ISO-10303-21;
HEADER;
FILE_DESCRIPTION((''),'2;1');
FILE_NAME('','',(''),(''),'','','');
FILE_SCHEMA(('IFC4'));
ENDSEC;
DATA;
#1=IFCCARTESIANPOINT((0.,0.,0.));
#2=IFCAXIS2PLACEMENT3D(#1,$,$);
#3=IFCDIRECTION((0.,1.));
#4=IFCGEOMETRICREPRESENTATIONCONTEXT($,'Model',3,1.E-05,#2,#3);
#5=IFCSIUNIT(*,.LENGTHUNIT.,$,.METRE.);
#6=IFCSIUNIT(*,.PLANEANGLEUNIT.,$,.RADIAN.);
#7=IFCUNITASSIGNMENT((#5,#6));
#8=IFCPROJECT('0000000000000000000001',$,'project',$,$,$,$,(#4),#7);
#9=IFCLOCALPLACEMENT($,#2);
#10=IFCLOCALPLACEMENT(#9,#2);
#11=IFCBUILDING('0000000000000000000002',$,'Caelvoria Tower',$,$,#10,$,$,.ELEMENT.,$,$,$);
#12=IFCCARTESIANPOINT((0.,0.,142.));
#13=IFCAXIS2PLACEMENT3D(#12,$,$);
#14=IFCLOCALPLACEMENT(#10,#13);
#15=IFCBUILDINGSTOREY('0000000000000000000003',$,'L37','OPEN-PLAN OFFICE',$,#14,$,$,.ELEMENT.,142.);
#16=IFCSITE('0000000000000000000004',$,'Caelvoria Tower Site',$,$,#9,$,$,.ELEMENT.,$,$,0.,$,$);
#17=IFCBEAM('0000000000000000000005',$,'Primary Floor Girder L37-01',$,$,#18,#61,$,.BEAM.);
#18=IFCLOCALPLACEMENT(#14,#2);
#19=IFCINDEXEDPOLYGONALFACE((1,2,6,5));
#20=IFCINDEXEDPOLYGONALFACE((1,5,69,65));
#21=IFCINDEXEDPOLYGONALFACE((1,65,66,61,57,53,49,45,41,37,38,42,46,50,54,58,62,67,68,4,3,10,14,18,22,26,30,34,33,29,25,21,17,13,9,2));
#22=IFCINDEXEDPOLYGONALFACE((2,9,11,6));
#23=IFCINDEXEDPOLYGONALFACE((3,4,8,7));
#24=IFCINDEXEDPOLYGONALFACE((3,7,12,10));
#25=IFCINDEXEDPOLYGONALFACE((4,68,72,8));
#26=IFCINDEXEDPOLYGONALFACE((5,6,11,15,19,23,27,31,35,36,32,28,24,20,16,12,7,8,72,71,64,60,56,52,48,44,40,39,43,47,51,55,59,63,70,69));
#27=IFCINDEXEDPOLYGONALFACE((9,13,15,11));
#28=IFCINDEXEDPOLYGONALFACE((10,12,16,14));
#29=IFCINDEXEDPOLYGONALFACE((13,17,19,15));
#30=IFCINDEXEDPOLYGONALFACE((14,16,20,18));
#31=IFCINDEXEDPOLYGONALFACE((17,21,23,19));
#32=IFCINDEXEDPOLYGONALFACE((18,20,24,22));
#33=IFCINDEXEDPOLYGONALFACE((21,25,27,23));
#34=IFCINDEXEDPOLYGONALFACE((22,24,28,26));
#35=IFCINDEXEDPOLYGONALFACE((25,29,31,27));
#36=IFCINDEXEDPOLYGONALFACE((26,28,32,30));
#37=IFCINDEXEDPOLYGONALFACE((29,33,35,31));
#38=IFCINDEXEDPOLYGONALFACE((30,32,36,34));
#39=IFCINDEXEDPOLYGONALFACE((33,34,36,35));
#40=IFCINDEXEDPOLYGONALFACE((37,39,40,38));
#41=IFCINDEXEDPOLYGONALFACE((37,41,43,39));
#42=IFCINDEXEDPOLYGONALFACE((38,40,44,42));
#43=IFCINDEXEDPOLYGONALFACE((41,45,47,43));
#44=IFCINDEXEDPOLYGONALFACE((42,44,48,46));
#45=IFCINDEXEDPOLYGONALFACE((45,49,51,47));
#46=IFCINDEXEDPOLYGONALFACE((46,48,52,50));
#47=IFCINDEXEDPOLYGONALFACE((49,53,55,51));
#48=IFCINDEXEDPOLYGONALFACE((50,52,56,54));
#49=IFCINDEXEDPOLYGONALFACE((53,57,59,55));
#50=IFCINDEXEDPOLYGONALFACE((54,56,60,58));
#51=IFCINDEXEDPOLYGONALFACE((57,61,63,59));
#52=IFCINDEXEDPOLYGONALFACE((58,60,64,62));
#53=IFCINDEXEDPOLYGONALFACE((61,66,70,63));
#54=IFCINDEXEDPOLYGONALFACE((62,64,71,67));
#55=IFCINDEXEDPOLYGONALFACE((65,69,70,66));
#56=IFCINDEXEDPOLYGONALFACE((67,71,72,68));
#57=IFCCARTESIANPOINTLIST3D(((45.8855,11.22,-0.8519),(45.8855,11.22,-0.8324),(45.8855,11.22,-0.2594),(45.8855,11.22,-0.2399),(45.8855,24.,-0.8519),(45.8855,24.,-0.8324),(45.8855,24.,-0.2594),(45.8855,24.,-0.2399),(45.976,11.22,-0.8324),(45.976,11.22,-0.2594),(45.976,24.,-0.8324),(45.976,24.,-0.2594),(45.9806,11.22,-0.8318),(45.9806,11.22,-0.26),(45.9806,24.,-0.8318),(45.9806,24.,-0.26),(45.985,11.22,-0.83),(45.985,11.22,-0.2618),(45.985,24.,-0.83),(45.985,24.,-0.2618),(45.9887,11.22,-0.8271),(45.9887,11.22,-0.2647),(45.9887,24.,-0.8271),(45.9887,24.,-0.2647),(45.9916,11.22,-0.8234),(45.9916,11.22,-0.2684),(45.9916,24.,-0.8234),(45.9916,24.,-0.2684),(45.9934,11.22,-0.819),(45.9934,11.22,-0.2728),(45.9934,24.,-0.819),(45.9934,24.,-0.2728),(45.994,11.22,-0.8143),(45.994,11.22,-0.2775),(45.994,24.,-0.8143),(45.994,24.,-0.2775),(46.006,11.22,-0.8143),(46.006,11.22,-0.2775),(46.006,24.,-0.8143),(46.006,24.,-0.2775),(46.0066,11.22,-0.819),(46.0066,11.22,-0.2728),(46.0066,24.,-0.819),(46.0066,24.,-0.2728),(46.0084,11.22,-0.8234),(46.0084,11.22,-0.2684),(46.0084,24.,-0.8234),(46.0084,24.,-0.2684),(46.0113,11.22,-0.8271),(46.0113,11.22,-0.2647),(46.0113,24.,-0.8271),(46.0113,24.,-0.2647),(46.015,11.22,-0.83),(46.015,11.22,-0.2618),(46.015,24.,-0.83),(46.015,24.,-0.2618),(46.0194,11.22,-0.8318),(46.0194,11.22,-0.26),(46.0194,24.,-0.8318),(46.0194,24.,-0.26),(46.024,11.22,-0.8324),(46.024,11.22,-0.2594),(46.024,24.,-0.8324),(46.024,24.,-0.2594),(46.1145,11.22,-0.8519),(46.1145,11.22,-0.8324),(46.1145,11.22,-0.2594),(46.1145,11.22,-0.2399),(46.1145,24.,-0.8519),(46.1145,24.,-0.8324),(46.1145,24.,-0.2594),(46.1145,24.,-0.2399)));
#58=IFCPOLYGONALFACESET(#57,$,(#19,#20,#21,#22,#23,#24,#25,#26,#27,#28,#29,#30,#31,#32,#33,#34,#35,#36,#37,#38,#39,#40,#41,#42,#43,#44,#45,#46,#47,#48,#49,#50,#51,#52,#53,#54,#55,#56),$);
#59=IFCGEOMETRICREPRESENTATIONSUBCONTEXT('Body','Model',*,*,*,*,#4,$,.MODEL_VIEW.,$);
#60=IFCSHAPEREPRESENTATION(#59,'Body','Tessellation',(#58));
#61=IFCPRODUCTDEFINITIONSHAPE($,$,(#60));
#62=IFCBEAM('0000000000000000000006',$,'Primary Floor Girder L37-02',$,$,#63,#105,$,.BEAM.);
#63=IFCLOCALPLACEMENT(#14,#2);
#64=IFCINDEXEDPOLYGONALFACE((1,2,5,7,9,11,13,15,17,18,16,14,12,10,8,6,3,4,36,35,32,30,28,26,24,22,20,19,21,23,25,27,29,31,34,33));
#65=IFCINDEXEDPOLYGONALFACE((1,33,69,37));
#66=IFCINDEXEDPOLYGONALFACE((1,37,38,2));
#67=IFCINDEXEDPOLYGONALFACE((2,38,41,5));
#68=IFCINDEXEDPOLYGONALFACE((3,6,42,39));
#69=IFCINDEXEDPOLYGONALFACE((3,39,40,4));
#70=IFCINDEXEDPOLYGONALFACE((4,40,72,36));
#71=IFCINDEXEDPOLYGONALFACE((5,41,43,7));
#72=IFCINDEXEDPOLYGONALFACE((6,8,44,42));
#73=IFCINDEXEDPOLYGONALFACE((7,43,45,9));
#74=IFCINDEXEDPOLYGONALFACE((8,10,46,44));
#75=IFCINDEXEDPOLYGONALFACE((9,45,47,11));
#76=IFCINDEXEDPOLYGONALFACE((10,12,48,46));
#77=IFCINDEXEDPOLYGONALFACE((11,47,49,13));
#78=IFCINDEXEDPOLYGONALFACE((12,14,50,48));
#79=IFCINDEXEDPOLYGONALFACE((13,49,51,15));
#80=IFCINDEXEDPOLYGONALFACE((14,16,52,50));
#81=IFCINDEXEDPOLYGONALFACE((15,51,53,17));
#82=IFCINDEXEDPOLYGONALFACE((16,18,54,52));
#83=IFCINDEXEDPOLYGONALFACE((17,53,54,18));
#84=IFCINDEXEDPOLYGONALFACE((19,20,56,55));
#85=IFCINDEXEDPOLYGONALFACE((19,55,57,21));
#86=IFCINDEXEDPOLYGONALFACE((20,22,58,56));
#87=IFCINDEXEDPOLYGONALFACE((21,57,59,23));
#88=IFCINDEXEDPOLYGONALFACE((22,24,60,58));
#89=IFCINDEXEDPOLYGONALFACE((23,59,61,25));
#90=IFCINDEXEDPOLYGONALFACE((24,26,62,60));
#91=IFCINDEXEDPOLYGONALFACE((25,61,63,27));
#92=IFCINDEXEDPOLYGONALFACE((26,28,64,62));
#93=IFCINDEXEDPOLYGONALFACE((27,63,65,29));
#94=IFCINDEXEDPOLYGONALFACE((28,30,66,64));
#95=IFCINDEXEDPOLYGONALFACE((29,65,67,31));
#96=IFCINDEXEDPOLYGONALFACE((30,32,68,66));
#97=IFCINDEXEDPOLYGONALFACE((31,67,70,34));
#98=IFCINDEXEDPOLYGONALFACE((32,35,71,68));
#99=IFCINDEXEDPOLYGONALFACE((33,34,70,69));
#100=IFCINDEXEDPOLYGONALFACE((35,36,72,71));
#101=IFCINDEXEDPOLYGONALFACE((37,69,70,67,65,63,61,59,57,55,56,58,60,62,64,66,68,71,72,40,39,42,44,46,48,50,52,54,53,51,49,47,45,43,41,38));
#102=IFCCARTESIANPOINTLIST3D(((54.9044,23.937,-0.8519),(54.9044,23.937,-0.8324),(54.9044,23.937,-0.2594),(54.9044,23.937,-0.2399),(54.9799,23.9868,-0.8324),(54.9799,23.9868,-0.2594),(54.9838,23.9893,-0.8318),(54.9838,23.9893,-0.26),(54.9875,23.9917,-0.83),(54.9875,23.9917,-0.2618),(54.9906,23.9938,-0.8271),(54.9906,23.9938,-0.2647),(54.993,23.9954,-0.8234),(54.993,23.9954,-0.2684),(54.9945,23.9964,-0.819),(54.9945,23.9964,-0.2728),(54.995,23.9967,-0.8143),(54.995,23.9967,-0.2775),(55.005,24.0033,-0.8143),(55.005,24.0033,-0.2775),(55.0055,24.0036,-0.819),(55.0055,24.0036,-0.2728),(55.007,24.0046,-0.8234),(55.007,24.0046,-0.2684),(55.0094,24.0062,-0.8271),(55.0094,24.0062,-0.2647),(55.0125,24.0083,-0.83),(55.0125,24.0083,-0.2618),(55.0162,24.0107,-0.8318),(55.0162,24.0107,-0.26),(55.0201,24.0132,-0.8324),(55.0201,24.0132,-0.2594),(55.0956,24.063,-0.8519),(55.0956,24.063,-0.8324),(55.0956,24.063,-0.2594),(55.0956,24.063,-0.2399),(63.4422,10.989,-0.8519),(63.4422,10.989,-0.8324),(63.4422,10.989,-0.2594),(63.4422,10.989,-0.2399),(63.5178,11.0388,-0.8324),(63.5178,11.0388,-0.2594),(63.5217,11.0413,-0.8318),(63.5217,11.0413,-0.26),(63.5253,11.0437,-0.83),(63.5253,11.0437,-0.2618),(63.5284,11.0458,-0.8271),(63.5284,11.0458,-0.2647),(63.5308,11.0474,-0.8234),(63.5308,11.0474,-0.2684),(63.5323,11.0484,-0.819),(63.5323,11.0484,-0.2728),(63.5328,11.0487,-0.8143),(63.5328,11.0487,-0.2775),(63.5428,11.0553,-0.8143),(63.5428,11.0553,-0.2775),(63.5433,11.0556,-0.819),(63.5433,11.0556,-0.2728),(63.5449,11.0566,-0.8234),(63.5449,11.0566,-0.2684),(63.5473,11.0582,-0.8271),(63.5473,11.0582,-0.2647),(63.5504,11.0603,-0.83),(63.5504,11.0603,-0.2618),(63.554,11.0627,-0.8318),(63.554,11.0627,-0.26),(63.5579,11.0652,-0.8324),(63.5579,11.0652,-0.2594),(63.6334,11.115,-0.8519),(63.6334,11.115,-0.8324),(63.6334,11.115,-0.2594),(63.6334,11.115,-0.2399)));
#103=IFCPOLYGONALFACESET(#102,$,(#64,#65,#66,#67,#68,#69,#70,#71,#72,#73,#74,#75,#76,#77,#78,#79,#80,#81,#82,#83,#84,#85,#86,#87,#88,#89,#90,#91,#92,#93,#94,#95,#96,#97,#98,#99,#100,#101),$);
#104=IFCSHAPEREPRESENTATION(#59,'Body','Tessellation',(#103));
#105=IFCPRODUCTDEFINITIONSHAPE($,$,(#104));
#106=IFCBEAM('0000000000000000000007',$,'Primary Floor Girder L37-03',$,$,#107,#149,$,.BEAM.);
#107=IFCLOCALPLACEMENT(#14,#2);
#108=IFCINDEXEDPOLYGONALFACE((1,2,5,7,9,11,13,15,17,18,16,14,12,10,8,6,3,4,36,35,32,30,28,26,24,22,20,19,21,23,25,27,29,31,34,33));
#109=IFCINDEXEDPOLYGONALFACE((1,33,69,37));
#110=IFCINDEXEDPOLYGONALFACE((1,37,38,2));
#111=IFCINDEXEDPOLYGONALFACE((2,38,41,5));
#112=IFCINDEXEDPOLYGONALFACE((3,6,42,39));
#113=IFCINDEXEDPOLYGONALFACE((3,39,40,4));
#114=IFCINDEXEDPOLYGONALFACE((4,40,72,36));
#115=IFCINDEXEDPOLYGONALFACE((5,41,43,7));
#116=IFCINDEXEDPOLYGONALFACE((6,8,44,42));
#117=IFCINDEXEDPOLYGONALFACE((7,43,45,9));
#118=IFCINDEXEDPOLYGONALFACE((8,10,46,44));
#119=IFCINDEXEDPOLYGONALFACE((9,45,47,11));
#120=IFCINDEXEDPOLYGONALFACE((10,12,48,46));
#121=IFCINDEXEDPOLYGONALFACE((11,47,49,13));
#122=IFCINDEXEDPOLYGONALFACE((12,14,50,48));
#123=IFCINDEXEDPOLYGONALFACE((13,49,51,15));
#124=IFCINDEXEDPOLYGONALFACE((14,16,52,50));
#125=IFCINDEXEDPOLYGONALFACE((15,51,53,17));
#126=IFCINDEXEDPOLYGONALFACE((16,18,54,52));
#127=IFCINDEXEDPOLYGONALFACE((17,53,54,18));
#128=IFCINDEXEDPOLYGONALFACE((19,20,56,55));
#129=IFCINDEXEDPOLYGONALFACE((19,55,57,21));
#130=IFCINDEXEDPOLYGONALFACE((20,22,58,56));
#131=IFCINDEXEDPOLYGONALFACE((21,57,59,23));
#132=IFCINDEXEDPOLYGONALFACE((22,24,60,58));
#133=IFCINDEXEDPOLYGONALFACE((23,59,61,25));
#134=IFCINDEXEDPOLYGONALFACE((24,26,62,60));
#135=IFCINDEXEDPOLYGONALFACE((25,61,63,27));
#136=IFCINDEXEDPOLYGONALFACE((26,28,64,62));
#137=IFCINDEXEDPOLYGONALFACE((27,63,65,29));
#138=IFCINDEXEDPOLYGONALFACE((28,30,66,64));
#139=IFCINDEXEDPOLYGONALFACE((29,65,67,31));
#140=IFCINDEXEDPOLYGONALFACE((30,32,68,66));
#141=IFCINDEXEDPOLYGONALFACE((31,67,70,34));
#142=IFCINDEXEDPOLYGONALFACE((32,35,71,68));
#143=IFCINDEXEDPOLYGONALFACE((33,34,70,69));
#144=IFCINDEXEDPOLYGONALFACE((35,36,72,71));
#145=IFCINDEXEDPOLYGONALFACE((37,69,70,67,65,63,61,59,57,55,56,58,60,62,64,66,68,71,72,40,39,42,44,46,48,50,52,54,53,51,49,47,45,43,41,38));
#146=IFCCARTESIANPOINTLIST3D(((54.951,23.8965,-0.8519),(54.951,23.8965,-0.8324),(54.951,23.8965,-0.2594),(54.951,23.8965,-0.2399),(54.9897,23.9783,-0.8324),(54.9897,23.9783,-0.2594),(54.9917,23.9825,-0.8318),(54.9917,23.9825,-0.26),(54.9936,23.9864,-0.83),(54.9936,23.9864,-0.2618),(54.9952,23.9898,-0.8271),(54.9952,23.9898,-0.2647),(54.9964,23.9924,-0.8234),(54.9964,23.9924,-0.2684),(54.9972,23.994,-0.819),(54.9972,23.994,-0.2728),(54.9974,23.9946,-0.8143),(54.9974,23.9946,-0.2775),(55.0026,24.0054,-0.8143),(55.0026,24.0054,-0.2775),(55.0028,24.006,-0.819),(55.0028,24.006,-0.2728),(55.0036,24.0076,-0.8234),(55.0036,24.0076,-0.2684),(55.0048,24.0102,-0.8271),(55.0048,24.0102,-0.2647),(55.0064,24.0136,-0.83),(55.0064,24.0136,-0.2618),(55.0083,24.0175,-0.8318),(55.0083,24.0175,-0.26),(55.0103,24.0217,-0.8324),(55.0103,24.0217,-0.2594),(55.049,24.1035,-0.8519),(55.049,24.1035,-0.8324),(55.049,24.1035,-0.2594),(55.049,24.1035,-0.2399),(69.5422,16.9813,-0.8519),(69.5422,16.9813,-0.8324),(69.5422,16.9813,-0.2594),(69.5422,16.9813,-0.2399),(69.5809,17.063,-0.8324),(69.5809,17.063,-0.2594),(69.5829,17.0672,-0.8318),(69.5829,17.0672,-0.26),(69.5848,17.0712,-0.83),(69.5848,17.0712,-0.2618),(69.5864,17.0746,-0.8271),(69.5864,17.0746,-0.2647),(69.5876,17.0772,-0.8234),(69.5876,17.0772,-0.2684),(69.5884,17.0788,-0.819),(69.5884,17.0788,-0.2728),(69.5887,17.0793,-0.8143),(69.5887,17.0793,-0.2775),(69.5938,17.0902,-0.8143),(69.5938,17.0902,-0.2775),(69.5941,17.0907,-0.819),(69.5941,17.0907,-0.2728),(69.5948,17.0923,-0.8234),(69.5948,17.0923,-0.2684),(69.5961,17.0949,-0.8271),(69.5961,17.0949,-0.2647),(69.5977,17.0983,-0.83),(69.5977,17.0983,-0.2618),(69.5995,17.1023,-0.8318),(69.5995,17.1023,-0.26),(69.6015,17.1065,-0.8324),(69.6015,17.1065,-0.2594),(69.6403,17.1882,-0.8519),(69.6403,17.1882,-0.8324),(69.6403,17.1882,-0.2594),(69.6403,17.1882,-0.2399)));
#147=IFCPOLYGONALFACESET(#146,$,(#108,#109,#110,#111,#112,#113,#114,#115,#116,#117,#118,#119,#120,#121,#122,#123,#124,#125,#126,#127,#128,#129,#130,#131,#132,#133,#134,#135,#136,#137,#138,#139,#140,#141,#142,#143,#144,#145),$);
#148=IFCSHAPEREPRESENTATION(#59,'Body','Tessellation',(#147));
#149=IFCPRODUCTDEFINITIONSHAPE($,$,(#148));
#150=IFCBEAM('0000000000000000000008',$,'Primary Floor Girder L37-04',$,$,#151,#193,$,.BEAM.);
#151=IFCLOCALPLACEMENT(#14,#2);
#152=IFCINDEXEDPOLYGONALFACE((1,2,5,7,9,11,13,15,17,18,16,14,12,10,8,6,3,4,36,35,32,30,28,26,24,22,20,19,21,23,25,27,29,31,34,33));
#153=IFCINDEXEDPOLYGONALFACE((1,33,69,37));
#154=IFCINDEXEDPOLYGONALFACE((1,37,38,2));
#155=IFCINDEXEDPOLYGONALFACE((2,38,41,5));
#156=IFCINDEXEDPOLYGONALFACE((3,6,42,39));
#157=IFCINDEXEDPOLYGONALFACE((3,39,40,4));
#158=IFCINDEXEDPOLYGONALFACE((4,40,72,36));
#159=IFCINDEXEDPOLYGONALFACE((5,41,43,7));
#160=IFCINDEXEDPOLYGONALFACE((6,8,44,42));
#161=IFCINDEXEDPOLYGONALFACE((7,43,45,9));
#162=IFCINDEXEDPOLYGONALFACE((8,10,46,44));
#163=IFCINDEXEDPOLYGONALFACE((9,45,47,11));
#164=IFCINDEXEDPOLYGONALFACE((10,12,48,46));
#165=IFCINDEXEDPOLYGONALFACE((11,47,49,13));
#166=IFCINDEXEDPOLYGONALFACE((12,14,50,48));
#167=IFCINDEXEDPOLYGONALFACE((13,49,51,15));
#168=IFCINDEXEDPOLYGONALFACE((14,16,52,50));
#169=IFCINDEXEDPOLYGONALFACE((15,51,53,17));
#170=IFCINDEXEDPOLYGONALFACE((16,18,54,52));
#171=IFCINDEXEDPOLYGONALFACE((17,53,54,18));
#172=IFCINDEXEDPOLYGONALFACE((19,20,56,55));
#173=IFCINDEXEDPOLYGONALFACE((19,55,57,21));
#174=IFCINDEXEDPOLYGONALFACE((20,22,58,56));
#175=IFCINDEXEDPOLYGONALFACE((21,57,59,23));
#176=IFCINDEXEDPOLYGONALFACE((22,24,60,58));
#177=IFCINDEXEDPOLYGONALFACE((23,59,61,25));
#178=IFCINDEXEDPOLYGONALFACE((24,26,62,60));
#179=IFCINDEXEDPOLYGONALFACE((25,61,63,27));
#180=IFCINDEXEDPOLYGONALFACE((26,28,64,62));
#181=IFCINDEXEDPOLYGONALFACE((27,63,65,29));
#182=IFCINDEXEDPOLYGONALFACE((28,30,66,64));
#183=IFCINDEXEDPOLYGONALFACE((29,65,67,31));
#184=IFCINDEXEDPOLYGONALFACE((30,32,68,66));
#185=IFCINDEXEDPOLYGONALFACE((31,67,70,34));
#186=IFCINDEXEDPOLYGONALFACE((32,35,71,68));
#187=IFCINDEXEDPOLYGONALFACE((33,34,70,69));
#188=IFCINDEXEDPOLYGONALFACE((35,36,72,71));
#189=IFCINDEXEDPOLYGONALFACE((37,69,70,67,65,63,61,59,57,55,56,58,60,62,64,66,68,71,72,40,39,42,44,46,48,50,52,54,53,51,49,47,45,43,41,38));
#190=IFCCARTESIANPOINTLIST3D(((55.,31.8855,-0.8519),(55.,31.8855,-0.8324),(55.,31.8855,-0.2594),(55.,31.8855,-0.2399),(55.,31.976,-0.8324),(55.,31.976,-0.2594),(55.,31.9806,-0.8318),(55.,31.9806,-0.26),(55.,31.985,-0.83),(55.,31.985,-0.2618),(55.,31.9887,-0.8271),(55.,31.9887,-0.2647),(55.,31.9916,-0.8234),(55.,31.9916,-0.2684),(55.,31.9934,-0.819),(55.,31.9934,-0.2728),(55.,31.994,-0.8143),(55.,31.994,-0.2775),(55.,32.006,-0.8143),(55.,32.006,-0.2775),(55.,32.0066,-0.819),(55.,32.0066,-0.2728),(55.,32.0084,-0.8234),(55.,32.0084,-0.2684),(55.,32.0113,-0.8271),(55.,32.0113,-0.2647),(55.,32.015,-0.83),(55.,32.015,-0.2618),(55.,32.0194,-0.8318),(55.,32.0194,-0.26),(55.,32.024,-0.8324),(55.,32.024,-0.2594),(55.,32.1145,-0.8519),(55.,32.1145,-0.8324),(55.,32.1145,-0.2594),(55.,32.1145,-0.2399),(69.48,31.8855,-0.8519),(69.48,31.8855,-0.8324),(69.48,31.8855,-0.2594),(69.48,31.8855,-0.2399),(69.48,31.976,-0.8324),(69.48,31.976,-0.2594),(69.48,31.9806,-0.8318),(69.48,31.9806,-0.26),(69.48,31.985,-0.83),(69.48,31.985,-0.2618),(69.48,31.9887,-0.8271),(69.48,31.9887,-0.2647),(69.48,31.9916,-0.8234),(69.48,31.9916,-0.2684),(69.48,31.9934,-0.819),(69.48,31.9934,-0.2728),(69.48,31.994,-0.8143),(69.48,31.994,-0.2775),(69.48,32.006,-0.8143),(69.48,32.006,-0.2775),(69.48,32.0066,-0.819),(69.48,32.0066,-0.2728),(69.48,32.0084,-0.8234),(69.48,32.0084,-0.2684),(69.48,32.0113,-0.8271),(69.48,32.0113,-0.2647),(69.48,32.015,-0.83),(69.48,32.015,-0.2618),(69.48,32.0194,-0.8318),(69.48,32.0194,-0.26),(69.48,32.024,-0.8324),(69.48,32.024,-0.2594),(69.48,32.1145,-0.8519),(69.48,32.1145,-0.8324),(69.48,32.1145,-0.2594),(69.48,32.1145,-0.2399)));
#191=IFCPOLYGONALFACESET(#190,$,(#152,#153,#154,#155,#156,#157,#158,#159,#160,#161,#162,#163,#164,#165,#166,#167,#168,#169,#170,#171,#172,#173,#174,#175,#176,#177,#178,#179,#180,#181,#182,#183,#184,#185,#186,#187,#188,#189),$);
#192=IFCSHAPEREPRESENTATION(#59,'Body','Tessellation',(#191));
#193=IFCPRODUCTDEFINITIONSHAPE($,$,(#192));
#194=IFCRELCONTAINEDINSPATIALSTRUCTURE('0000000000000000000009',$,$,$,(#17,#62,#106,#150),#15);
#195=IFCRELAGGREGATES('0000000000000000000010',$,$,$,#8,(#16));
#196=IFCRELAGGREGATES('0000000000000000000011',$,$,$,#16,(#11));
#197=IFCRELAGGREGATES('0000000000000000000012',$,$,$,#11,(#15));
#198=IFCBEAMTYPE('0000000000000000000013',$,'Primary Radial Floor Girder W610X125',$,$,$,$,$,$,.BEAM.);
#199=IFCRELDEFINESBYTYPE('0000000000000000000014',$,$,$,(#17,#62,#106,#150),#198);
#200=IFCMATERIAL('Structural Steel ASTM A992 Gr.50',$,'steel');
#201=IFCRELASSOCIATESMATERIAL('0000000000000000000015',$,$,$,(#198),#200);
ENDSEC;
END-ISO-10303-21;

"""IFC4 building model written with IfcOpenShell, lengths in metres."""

from ifc_helpers import new_model, si_unit, direction, frame, origin, origin_2d, place, context, subcontext, project, spatial, i_section, extrude, material, material_profile, profile_set, type_object, element, save


model = new_model("IFC4")

# Units and contexts
model_context = context("Model", 3, precision=1e-05, world=origin(), true_north=direction((0.0, 1.0)))
body_context = subcontext(model_context, "Body", "Model", "MODEL_VIEW")
ifc_project = project(units=[si_unit("LENGTHUNIT", "METRE"), si_unit("PLANEANGLEUNIT", "RADIAN")], contexts=[model_context])

# Site, building, storey
site_placement = place(None, origin())
site = spatial("IfcSite", under=ifc_project, at=site_placement, Name="Caelvoria Tower Site", CompositionType="ELEMENT", RefElevation=0.0)
building_placement = place(site_placement, origin())
building = spatial("IfcBuilding", under=site, at=building_placement, Name="Caelvoria Tower", CompositionType="ELEMENT")
storey_placement = place(building_placement, frame((0.0, 0.0, 142.0)))
storey = spatial("IfcBuildingStorey", under=building, at=storey_placement, Name="L37", Description="OPEN-PLAN OFFICE", CompositionType="ELEMENT", Elevation=142.0)

# Beams
ifc_material_1 = material(Name="Structural Steel ASTM A992 Gr.50", Category="steel")
ifc_material_profile_1 = material_profile(ifc_material_1, i_section(OverallWidth=0.229, OverallDepth=0.6121, WebThickness=0.012, FlangeThickness=0.0195, FilletRadius=0.0181, at=origin_2d()), Name="Structural Steel ASTM A992 Gr.50")
ifc_profile_set_1 = profile_set([ifc_material_profile_1], Name="W610X125 - Structural Steel ASTM A992 Gr.50")
beam_type_1 = type_object("IfcBeamType", Name="Primary Radial Floor Girder W610X125", PredefinedType="BEAM", material=ifc_profile_set_1)
beam_1_placement = place(storey_placement, frame((46.0, 24.0, -0.5459), z_axis=(0.0, -1.0, 0.0), x_axis=(1.0, 0.0, 0.0)))
element("IfcBeam", 1, at=beam_1_placement, inside=storey, type_object=beam_type_1, Name="Primary Floor Girder L37-01", PredefinedType="BEAM", context=body_context, shape_type="SweptSolid", body=[
    extrude(i_section(OverallWidth=0.229, OverallDepth=0.6121, WebThickness=0.012, FlangeThickness=0.0195, FilletRadius=0.0181, at=origin_2d()), origin(), (0.0, 0.0, 1.0), 12.78),
])
beam_2_placement = place(storey_placement, frame((55.0, 24.0, -0.5459), z_axis=(0.55049, -0.834842, 0.0), x_axis=(0.834842, 0.55049, 0.0)))
element("IfcBeam", 2, at=beam_2_placement, inside=storey, type_object=beam_type_1, Name="Primary Floor Girder L37-02", PredefinedType="BEAM", context=body_context, shape_type="SweptSolid", body=[
    extrude(i_section(OverallWidth=0.229, OverallDepth=0.6121, WebThickness=0.012, FlangeThickness=0.0195, FilletRadius=0.0181, at=origin_2d()), origin(), (0.0, 0.0, 1.0), 15.5095),
])
beam_3_placement = place(storey_placement, frame((55.0, 24.0, -0.5459), z_axis=(0.903651, -0.428269, 0.0), x_axis=(0.428269, 0.903651, 0.0)))
element("IfcBeam", 3, at=beam_3_placement, inside=storey, type_object=beam_type_1, Name="Primary Floor Girder L37-03", PredefinedType="BEAM", context=body_context, shape_type="SweptSolid", body=[
    extrude(i_section(OverallWidth=0.229, OverallDepth=0.6121, WebThickness=0.012, FlangeThickness=0.0195, FilletRadius=0.0181, at=origin_2d()), origin(), (0.0, 0.0, 1.0), 16.147),
])
beam_4_placement = place(storey_placement, frame((55.0, 32.0, -0.5459), z_axis=(1.0, 0.0, 0.0), x_axis=(0.0, 1.0, 0.0)))
element("IfcBeam", 4, at=beam_4_placement, inside=storey, type_object=beam_type_1, Name="Primary Floor Girder L37-04", PredefinedType="BEAM", context=body_context, shape_type="SweptSolid", body=[
    extrude(i_section(OverallWidth=0.229, OverallDepth=0.6121, WebThickness=0.012, FlangeThickness=0.0195, FilletRadius=0.0181, at=origin_2d()), origin(), (0.0, 0.0, 1.0), 14.48),
])

save(model, "model.ifc")
